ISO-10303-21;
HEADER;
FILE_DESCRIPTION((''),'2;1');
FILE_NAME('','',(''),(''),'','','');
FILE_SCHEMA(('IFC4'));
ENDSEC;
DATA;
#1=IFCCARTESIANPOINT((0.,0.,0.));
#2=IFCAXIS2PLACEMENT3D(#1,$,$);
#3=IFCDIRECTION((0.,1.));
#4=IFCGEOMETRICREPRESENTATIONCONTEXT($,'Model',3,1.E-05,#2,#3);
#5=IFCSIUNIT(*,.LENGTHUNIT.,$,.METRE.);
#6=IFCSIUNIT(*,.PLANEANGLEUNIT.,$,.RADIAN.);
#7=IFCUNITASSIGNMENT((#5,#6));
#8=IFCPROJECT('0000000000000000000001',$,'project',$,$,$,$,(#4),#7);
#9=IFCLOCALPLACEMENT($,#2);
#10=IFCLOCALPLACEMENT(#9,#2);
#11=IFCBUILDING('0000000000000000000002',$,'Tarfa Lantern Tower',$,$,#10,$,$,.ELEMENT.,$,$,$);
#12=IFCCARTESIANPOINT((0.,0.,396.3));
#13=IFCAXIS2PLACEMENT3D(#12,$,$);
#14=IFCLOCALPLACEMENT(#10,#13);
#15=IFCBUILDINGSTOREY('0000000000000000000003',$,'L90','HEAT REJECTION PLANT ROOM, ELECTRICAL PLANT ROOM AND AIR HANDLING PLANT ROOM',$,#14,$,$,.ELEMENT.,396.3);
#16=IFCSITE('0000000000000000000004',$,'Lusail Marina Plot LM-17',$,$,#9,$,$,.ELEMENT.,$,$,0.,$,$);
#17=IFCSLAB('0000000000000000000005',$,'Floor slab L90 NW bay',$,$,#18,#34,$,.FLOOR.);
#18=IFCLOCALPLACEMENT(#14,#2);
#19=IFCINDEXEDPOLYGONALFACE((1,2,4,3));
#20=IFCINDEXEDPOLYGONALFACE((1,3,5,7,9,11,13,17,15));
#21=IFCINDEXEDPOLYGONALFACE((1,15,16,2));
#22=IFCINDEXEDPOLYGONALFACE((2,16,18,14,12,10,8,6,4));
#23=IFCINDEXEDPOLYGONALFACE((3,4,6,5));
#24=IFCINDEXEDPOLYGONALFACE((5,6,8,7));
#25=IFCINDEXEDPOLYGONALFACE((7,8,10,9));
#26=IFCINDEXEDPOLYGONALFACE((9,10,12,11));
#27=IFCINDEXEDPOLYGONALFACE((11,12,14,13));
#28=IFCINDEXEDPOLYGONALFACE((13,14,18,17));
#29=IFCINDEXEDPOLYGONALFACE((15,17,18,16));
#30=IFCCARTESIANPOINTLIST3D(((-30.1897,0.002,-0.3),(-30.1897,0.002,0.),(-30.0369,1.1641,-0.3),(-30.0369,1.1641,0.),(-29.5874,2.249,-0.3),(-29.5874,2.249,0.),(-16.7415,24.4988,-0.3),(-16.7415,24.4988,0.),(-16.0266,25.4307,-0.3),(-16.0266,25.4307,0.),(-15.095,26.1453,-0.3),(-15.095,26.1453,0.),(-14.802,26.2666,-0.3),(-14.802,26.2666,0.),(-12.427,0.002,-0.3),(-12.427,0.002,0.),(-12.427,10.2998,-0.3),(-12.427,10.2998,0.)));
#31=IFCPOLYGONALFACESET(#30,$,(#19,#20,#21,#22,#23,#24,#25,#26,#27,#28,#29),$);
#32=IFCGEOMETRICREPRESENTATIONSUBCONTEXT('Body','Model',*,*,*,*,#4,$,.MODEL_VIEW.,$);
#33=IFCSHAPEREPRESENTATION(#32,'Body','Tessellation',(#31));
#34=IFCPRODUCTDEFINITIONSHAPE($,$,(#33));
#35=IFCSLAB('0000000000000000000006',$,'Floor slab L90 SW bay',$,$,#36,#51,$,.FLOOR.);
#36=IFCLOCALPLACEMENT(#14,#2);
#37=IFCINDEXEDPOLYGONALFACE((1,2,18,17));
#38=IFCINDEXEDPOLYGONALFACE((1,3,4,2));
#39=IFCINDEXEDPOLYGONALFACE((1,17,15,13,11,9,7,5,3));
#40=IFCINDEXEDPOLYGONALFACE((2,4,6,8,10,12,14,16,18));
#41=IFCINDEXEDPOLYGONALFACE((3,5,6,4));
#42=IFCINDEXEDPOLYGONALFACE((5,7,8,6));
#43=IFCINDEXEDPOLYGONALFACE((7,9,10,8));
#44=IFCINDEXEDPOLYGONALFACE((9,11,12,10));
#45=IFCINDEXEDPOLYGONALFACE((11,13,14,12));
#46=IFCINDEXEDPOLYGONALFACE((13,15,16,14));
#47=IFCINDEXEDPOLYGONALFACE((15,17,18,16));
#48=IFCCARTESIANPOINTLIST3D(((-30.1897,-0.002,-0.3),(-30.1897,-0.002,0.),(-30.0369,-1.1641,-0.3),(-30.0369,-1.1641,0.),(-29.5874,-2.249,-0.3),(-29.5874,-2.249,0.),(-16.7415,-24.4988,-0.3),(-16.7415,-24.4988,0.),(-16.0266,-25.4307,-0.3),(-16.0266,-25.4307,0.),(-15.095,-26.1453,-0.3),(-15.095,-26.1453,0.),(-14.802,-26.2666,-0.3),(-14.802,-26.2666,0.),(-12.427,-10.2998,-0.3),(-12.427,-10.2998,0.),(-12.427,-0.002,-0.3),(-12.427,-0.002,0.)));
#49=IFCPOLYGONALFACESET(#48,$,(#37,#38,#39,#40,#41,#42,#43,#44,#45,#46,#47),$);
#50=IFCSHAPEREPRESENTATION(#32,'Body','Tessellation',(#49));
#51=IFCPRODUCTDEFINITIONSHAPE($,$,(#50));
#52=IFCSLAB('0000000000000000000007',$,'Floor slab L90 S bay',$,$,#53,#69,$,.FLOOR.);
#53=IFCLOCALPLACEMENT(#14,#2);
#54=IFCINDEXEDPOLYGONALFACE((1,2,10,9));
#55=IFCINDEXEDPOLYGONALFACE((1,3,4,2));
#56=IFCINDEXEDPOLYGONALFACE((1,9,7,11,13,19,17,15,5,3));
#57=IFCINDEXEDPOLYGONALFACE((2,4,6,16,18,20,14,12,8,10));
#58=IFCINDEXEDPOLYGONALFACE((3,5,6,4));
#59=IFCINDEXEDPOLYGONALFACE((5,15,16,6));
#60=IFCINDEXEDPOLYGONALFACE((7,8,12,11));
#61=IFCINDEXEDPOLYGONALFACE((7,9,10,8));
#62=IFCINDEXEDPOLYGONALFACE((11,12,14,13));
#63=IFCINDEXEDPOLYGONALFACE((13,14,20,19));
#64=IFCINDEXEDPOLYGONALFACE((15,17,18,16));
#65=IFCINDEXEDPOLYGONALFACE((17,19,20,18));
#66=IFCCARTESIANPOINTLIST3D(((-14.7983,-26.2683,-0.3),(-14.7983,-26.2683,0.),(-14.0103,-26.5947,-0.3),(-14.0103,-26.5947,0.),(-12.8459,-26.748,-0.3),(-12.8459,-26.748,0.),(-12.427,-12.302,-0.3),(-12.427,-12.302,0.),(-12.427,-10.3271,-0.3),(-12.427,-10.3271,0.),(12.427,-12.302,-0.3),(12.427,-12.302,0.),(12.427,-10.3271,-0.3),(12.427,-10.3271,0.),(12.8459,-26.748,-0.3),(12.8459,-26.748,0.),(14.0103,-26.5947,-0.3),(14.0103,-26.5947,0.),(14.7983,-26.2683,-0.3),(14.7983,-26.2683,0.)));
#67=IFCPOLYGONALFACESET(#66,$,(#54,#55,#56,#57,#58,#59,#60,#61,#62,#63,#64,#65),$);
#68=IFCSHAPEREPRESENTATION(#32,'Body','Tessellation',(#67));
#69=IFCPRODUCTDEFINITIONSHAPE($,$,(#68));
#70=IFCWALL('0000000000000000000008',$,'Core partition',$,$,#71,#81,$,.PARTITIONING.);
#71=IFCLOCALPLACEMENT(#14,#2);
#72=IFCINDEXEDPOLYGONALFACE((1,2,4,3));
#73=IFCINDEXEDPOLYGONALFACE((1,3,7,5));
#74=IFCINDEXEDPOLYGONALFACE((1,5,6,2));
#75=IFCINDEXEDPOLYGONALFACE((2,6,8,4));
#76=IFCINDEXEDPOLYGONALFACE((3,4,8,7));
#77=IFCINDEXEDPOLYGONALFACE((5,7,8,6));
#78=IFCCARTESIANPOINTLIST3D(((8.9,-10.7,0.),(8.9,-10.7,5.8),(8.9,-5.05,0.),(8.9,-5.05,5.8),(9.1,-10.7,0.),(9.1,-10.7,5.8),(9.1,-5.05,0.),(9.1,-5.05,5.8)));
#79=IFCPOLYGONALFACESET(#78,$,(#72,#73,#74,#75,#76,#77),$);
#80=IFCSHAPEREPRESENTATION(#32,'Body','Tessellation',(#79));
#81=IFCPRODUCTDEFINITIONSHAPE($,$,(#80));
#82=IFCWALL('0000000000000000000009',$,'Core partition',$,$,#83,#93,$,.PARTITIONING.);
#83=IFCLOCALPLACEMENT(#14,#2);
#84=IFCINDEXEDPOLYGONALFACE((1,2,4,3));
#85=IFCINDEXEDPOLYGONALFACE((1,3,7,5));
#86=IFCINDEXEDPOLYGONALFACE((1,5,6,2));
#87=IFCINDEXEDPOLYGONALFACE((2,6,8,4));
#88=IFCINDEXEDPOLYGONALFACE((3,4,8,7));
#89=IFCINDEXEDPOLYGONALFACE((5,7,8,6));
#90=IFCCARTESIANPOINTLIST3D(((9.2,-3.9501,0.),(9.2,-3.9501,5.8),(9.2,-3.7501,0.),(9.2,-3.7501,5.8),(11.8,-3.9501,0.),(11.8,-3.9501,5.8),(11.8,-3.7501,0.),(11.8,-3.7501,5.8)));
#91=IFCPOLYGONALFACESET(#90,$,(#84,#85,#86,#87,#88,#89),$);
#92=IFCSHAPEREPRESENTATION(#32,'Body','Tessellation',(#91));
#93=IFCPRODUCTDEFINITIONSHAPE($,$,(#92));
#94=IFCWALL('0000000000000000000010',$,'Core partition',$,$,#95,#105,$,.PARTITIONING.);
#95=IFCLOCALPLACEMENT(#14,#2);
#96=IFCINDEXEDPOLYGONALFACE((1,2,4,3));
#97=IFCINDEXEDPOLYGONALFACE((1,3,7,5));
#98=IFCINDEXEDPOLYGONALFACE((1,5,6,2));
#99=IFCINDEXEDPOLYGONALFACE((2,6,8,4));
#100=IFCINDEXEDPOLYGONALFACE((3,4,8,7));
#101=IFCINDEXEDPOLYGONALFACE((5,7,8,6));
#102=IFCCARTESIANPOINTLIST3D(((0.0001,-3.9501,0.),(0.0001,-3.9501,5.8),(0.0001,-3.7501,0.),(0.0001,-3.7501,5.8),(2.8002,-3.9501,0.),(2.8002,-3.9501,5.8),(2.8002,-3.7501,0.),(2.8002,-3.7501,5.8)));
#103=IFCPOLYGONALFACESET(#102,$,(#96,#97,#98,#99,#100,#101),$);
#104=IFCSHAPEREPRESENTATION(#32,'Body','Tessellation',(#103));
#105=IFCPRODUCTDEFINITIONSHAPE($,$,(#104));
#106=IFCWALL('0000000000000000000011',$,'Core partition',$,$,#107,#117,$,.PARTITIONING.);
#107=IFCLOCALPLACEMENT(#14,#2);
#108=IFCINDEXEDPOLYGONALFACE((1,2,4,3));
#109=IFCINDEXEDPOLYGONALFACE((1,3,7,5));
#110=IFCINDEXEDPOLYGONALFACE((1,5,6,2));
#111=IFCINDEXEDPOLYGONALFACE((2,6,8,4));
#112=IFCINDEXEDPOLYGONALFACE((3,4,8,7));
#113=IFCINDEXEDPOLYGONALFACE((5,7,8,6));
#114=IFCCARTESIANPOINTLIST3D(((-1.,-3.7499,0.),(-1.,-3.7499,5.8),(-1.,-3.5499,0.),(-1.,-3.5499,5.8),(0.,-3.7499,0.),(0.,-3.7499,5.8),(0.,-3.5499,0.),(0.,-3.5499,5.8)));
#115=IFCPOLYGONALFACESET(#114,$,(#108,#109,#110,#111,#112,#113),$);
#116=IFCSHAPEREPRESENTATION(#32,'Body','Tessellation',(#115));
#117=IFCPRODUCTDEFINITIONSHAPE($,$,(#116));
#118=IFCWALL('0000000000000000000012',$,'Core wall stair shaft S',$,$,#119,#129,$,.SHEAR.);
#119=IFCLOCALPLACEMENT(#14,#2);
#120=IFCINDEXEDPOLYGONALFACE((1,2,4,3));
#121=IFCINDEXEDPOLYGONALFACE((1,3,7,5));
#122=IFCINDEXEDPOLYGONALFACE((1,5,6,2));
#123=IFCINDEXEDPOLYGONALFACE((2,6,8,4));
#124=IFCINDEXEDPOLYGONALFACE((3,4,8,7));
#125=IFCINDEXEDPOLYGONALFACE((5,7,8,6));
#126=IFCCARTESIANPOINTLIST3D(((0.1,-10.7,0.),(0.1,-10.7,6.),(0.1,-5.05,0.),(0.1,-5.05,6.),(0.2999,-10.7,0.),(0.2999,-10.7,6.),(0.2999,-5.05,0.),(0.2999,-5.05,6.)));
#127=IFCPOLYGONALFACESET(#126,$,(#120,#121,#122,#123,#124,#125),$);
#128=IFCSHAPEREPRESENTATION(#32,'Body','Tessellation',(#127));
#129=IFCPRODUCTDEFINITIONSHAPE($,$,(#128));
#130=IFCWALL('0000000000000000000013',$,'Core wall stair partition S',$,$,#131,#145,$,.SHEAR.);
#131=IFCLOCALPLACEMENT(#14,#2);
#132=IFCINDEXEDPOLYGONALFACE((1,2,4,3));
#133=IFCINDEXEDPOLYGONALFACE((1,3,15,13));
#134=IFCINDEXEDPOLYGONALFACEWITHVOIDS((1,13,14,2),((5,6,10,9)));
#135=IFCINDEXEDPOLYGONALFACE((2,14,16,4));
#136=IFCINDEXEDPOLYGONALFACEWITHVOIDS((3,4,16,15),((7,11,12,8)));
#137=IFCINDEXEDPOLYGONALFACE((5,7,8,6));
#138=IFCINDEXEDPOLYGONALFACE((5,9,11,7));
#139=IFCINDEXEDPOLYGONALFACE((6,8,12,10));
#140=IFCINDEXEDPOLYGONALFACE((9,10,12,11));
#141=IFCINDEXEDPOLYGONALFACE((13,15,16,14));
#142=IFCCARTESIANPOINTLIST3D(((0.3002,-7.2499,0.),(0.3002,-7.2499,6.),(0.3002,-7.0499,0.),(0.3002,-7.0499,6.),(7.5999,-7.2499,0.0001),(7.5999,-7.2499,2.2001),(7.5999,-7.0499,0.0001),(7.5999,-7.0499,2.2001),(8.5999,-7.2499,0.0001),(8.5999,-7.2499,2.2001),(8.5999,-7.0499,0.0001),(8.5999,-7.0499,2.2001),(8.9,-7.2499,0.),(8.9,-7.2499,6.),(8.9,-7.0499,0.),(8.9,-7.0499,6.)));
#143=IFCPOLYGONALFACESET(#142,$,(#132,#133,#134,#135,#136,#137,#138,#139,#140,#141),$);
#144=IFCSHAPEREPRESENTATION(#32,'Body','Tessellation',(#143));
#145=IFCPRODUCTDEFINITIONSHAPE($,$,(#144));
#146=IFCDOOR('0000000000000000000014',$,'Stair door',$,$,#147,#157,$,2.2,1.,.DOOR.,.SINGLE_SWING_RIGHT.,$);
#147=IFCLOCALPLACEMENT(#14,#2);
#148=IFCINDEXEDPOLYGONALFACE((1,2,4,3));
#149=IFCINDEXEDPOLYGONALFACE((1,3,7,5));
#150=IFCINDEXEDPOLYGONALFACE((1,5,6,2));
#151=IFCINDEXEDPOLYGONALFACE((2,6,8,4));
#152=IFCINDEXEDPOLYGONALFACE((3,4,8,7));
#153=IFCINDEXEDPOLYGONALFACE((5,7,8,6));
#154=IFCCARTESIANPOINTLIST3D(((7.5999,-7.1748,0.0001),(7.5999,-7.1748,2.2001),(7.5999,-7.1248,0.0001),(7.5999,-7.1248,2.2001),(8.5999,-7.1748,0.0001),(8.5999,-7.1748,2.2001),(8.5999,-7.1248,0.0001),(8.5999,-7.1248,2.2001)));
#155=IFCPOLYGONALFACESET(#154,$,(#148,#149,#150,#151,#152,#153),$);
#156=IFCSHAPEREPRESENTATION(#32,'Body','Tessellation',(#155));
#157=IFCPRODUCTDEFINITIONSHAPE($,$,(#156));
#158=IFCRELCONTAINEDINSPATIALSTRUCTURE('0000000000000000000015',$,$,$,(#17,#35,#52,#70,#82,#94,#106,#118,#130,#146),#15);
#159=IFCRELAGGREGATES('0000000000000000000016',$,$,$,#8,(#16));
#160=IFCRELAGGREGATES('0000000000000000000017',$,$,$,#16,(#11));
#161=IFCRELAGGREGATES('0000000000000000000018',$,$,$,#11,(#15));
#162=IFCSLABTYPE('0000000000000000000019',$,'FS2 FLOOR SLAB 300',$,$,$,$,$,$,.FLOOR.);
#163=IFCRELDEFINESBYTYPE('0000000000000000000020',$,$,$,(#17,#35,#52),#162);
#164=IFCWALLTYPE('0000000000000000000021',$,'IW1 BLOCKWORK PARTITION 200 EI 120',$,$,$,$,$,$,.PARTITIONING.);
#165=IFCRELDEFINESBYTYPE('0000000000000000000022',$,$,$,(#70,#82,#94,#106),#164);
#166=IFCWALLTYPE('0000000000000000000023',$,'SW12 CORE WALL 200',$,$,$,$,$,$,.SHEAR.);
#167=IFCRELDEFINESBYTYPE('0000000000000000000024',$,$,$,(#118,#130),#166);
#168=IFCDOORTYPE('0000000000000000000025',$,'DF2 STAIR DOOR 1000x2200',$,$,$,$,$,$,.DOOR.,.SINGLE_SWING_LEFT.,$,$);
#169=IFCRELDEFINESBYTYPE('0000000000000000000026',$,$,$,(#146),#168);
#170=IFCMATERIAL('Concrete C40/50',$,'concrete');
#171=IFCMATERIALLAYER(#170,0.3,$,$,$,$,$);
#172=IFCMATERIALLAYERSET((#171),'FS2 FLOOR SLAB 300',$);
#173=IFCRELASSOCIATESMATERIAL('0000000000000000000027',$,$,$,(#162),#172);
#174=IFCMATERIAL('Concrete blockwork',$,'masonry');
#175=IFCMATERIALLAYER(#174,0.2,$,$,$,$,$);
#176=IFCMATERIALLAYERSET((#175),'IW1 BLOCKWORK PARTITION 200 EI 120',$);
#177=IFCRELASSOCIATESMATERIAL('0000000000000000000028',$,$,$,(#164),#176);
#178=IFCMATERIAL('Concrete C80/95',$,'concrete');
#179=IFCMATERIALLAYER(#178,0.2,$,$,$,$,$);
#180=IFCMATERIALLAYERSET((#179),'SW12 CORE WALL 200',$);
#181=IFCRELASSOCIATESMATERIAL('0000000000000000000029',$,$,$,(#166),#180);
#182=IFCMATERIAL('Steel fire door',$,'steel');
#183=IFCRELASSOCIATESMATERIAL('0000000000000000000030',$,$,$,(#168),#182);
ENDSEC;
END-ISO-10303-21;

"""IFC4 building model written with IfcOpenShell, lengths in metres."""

from ifc_helpers import new_model, si_unit, direction, frame, frame_2d, origin, place, context, subcontext, project, spatial, polyline, rectangle, outline, extrude, material, layer, layer_set, type_object, element, fill, save


model = new_model("IFC4")

# Units and contexts
model_context = context("Model", 3, precision=1e-05, world=origin(), true_north=direction((0.0, 1.0)))
body_context = subcontext(model_context, "Body", "Model", "MODEL_VIEW")
ifc_project = project(units=[si_unit("LENGTHUNIT", "METRE"), si_unit("PLANEANGLEUNIT", "RADIAN")], contexts=[model_context])

# Site, building, storey
site_placement = place(None, origin())
site = spatial("IfcSite", under=ifc_project, at=site_placement, Name="Lusail Marina Plot LM-17", CompositionType="ELEMENT", RefElevation=0.0)
building_placement = place(site_placement, origin())
building = spatial("IfcBuilding", under=site, at=building_placement, Name="Tarfa Lantern Tower", CompositionType="ELEMENT")
storey_placement = place(building_placement, frame((0.0, 0.0, 396.3)))
storey = spatial("IfcBuildingStorey", under=building, at=storey_placement, Name="L90", Description="HEAT REJECTION PLANT ROOM, ELECTRICAL PLANT ROOM AND AIR HANDLING PLANT ROOM", CompositionType="ELEMENT", Elevation=396.3)

# Slabs
ifc_material_1 = material(Name="Concrete C40/50", Category="concrete")
ifc_layer_1 = layer(ifc_material_1, 0.3)
ifc_layer_set_1 = layer_set([ifc_layer_1], Name="FS2 FLOOR SLAB 300")
slab_type = type_object("IfcSlabType", Name="FS2 FLOOR SLAB 300", PredefinedType="FLOOR", material=ifc_layer_set_1)
slab_1_placement = place(storey_placement, frame((0.0, 0.0, -0.3)))
element("IfcSlab", 1, at=slab_1_placement, inside=storey, type_object=slab_type, Name="Floor slab L90 NW bay", PredefinedType="FLOOR", context=body_context, shape_type="SweptSolid", body=[
    extrude(outline(polyline([(-12.427, 0.002), (-12.427, 10.2998), (-14.802, 26.2666), (-15.095, 26.1453), (-16.0266, 25.4307), (-16.7415, 24.4988), (-29.5874, 2.249), (-30.0369, 1.1641), (-30.1897, 0.002), (-12.427, 0.002)])), origin(), (0.0, 0.0, 1.0), 0.3),
])
slab_2_placement = place(storey_placement, frame((0.0, 0.0, -0.3)))
element("IfcSlab", 2, at=slab_2_placement, inside=storey, type_object=slab_type, Name="Floor slab L90 SW bay", PredefinedType="FLOOR", context=body_context, shape_type="SweptSolid", body=[
    extrude(outline(polyline([(-12.427, -10.2998), (-12.427, -0.002), (-30.1897, -0.002), (-30.0369, -1.1641), (-29.5874, -2.249), (-16.7415, -24.4988), (-16.0266, -25.4307), (-15.095, -26.1453), (-14.802, -26.2666), (-12.427, -10.2998)])), origin(), (0.0, 0.0, 1.0), 0.3),
])
slab_3_placement = place(storey_placement, frame((0.0, 0.0, -0.3)))
element("IfcSlab", 3, at=slab_3_placement, inside=storey, type_object=slab_type, Name="Floor slab L90 S bay", PredefinedType="FLOOR", context=body_context, shape_type="SweptSolid", body=[
    extrude(outline(polyline([(12.427, -10.3271), (12.427, -12.302), (-12.427, -12.302), (-12.427, -10.3271), (-14.7983, -26.2683), (-14.0103, -26.5947), (-12.8459, -26.748), (12.8459, -26.748), (14.0103, -26.5947), (14.7983, -26.2683), (12.427, -10.3271)])), origin(), (0.0, 0.0, 1.0), 0.3),
])

# Walls
ifc_material_2 = material(Name="Concrete blockwork", Category="masonry")
ifc_layer_2 = layer(ifc_material_2, 0.2)
ifc_layer_set_2 = layer_set([ifc_layer_2], Name="IW1 BLOCKWORK PARTITION 200 EI 120")
wall_type_1 = type_object("IfcWallType", Name="IW1 BLOCKWORK PARTITION 200 EI 120", PredefinedType="PARTITIONING", material=ifc_layer_set_2)
wall_1_placement = place(storey_placement, frame((9.0, -5.05, 0.0), z_axis=(0.0, 0.0, 1.0), x_axis=(0.0, -1.0, 0.0)))
element("IfcWall", 4, at=wall_1_placement, inside=storey, type_object=wall_type_1, Name="Core partition", PredefinedType="PARTITIONING", context=body_context, shape_type="SweptSolid", body=[
    extrude(rectangle(XDim=5.6499, YDim=0.2, at=frame_2d((2.825, 0.0))), origin(), (0.0, 0.0, 1.0), 5.8),
])
wall_2_placement = place(storey_placement, frame((11.8, -3.8501, 0.0), z_axis=(0.0, 0.0, 1.0), x_axis=(-1.0, 0.0, 0.0)))
element("IfcWall", 5, at=wall_2_placement, inside=storey, type_object=wall_type_1, Name="Core partition", PredefinedType="PARTITIONING", context=body_context, shape_type="SweptSolid", body=[
    extrude(rectangle(XDim=2.6001, YDim=0.2, at=frame_2d((1.3, 0.0))), origin(), (0.0, 0.0, 1.0), 5.8),
])
wall_3_placement = place(storey_placement, frame((2.8, -3.8501, 0.0), z_axis=(0.0, 0.0, 1.0), x_axis=(-1.0, 0.0, 0.0)))
element("IfcWall", 6, at=wall_3_placement, inside=storey, type_object=wall_type_1, Name="Core partition", PredefinedType="PARTITIONING", context=body_context, shape_type="SweptSolid", body=[
    extrude(rectangle(XDim=2.8, YDim=0.2, at=frame_2d((1.3999, 0.0))), origin(), (0.0, 0.0, 1.0), 5.8),
])
wall_4_placement = place(storey_placement, frame((0.0, -3.6499, 0.0), z_axis=(0.0, 0.0, 1.0), x_axis=(-1.0, 0.0, 0.0)))
element("IfcWall", 7, at=wall_4_placement, inside=storey, type_object=wall_type_1, Name="Core partition", PredefinedType="PARTITIONING", context=body_context, shape_type="SweptSolid", body=[
    extrude(rectangle(XDim=1.0, YDim=0.2, at=frame_2d((0.5, 0.0))), origin(), (0.0, 0.0, 1.0), 5.8),
])
ifc_material_3 = material(Name="Concrete C80/95", Category="concrete")
ifc_layer_3 = layer(ifc_material_3, 0.2)
ifc_layer_set_3 = layer_set([ifc_layer_3], Name="SW12 CORE WALL 200")
wall_type_2 = type_object("IfcWallType", Name="SW12 CORE WALL 200", PredefinedType="SHEAR", material=ifc_layer_set_3)
wall_5_placement = place(storey_placement, frame((0.2, -5.05, 0.0), z_axis=(0.0, 0.0, 1.0), x_axis=(0.0, -1.0, 0.0)))
element("IfcWall", 8, at=wall_5_placement, inside=storey, type_object=wall_type_2, Name="Core wall stair shaft S", PredefinedType="SHEAR", context=body_context, shape_type="SweptSolid", body=[
    extrude(rectangle(XDim=5.6499, YDim=0.2, at=frame_2d((2.825, 0.0))), origin(), (0.0, 0.0, 1.0), 6.0),
])

# Wall, opening, door
wall_6_placement = place(storey_placement, frame((8.8999, -7.1499, 0.0), z_axis=(0.0, 0.0, 1.0), x_axis=(-1.0, 0.0, 0.0)))
wall_6 = element("IfcWall", 9, at=wall_6_placement, inside=storey, type_object=wall_type_2, Name="Core wall stair partition S", PredefinedType="SHEAR", context=body_context, shape_type="SweptSolid", body=[
    extrude(rectangle(XDim=8.5999, YDim=0.2, at=frame_2d((4.2998, 0.0))), origin(), (0.0, 0.0, 1.0), 6.0),
])
opening_1_placement = place(wall_6_placement, frame((0.3, 0.0, 0.0)))
opening_1 = element("IfcOpeningElement", 10, at=opening_1_placement, cuts=wall_6, PredefinedType="OPENING", context=body_context, shape_type="SweptSolid", body=[
    extrude(rectangle(XDim=1.0, YDim=2.2, at=frame_2d((0.5, 1.1001))), frame((0.0, 0.1099, 0.0), z_axis=(0.0, -1.0, 0.0), x_axis=(1.0, 0.0, 0.0)), (0.0, 0.0, 1.0), 0.22),
])
ifc_material_4 = material(Name="Steel fire door", Category="steel")
door_type_1 = type_object("IfcDoorType", Name="DF2 STAIR DOOR 1000x2200", OperationType="SINGLE_SWING_LEFT", PredefinedType="DOOR", material=ifc_material_4)
door_1_placement = place(opening_1_placement, origin())
door_1 = element("IfcDoor", 11, at=door_1_placement, inside=storey, type_object=door_type_1, Name="Stair door", OperationType="SINGLE_SWING_RIGHT", OverallHeight=2.2, OverallWidth=1.0, PredefinedType="DOOR", context=body_context, shape_type="SweptSolid", body=[
    extrude(rectangle(XDim=1.0, YDim=2.2, at=frame_2d((0.5, 1.1001))), frame((0.0, 0.0249, 0.0), z_axis=(0.0, -1.0, 0.0), x_axis=(1.0, 0.0, 0.0)), (0.0, 0.0, 1.0), 0.05),
])
fill(opening_1, door_1)

save(model, "model.ifc")
